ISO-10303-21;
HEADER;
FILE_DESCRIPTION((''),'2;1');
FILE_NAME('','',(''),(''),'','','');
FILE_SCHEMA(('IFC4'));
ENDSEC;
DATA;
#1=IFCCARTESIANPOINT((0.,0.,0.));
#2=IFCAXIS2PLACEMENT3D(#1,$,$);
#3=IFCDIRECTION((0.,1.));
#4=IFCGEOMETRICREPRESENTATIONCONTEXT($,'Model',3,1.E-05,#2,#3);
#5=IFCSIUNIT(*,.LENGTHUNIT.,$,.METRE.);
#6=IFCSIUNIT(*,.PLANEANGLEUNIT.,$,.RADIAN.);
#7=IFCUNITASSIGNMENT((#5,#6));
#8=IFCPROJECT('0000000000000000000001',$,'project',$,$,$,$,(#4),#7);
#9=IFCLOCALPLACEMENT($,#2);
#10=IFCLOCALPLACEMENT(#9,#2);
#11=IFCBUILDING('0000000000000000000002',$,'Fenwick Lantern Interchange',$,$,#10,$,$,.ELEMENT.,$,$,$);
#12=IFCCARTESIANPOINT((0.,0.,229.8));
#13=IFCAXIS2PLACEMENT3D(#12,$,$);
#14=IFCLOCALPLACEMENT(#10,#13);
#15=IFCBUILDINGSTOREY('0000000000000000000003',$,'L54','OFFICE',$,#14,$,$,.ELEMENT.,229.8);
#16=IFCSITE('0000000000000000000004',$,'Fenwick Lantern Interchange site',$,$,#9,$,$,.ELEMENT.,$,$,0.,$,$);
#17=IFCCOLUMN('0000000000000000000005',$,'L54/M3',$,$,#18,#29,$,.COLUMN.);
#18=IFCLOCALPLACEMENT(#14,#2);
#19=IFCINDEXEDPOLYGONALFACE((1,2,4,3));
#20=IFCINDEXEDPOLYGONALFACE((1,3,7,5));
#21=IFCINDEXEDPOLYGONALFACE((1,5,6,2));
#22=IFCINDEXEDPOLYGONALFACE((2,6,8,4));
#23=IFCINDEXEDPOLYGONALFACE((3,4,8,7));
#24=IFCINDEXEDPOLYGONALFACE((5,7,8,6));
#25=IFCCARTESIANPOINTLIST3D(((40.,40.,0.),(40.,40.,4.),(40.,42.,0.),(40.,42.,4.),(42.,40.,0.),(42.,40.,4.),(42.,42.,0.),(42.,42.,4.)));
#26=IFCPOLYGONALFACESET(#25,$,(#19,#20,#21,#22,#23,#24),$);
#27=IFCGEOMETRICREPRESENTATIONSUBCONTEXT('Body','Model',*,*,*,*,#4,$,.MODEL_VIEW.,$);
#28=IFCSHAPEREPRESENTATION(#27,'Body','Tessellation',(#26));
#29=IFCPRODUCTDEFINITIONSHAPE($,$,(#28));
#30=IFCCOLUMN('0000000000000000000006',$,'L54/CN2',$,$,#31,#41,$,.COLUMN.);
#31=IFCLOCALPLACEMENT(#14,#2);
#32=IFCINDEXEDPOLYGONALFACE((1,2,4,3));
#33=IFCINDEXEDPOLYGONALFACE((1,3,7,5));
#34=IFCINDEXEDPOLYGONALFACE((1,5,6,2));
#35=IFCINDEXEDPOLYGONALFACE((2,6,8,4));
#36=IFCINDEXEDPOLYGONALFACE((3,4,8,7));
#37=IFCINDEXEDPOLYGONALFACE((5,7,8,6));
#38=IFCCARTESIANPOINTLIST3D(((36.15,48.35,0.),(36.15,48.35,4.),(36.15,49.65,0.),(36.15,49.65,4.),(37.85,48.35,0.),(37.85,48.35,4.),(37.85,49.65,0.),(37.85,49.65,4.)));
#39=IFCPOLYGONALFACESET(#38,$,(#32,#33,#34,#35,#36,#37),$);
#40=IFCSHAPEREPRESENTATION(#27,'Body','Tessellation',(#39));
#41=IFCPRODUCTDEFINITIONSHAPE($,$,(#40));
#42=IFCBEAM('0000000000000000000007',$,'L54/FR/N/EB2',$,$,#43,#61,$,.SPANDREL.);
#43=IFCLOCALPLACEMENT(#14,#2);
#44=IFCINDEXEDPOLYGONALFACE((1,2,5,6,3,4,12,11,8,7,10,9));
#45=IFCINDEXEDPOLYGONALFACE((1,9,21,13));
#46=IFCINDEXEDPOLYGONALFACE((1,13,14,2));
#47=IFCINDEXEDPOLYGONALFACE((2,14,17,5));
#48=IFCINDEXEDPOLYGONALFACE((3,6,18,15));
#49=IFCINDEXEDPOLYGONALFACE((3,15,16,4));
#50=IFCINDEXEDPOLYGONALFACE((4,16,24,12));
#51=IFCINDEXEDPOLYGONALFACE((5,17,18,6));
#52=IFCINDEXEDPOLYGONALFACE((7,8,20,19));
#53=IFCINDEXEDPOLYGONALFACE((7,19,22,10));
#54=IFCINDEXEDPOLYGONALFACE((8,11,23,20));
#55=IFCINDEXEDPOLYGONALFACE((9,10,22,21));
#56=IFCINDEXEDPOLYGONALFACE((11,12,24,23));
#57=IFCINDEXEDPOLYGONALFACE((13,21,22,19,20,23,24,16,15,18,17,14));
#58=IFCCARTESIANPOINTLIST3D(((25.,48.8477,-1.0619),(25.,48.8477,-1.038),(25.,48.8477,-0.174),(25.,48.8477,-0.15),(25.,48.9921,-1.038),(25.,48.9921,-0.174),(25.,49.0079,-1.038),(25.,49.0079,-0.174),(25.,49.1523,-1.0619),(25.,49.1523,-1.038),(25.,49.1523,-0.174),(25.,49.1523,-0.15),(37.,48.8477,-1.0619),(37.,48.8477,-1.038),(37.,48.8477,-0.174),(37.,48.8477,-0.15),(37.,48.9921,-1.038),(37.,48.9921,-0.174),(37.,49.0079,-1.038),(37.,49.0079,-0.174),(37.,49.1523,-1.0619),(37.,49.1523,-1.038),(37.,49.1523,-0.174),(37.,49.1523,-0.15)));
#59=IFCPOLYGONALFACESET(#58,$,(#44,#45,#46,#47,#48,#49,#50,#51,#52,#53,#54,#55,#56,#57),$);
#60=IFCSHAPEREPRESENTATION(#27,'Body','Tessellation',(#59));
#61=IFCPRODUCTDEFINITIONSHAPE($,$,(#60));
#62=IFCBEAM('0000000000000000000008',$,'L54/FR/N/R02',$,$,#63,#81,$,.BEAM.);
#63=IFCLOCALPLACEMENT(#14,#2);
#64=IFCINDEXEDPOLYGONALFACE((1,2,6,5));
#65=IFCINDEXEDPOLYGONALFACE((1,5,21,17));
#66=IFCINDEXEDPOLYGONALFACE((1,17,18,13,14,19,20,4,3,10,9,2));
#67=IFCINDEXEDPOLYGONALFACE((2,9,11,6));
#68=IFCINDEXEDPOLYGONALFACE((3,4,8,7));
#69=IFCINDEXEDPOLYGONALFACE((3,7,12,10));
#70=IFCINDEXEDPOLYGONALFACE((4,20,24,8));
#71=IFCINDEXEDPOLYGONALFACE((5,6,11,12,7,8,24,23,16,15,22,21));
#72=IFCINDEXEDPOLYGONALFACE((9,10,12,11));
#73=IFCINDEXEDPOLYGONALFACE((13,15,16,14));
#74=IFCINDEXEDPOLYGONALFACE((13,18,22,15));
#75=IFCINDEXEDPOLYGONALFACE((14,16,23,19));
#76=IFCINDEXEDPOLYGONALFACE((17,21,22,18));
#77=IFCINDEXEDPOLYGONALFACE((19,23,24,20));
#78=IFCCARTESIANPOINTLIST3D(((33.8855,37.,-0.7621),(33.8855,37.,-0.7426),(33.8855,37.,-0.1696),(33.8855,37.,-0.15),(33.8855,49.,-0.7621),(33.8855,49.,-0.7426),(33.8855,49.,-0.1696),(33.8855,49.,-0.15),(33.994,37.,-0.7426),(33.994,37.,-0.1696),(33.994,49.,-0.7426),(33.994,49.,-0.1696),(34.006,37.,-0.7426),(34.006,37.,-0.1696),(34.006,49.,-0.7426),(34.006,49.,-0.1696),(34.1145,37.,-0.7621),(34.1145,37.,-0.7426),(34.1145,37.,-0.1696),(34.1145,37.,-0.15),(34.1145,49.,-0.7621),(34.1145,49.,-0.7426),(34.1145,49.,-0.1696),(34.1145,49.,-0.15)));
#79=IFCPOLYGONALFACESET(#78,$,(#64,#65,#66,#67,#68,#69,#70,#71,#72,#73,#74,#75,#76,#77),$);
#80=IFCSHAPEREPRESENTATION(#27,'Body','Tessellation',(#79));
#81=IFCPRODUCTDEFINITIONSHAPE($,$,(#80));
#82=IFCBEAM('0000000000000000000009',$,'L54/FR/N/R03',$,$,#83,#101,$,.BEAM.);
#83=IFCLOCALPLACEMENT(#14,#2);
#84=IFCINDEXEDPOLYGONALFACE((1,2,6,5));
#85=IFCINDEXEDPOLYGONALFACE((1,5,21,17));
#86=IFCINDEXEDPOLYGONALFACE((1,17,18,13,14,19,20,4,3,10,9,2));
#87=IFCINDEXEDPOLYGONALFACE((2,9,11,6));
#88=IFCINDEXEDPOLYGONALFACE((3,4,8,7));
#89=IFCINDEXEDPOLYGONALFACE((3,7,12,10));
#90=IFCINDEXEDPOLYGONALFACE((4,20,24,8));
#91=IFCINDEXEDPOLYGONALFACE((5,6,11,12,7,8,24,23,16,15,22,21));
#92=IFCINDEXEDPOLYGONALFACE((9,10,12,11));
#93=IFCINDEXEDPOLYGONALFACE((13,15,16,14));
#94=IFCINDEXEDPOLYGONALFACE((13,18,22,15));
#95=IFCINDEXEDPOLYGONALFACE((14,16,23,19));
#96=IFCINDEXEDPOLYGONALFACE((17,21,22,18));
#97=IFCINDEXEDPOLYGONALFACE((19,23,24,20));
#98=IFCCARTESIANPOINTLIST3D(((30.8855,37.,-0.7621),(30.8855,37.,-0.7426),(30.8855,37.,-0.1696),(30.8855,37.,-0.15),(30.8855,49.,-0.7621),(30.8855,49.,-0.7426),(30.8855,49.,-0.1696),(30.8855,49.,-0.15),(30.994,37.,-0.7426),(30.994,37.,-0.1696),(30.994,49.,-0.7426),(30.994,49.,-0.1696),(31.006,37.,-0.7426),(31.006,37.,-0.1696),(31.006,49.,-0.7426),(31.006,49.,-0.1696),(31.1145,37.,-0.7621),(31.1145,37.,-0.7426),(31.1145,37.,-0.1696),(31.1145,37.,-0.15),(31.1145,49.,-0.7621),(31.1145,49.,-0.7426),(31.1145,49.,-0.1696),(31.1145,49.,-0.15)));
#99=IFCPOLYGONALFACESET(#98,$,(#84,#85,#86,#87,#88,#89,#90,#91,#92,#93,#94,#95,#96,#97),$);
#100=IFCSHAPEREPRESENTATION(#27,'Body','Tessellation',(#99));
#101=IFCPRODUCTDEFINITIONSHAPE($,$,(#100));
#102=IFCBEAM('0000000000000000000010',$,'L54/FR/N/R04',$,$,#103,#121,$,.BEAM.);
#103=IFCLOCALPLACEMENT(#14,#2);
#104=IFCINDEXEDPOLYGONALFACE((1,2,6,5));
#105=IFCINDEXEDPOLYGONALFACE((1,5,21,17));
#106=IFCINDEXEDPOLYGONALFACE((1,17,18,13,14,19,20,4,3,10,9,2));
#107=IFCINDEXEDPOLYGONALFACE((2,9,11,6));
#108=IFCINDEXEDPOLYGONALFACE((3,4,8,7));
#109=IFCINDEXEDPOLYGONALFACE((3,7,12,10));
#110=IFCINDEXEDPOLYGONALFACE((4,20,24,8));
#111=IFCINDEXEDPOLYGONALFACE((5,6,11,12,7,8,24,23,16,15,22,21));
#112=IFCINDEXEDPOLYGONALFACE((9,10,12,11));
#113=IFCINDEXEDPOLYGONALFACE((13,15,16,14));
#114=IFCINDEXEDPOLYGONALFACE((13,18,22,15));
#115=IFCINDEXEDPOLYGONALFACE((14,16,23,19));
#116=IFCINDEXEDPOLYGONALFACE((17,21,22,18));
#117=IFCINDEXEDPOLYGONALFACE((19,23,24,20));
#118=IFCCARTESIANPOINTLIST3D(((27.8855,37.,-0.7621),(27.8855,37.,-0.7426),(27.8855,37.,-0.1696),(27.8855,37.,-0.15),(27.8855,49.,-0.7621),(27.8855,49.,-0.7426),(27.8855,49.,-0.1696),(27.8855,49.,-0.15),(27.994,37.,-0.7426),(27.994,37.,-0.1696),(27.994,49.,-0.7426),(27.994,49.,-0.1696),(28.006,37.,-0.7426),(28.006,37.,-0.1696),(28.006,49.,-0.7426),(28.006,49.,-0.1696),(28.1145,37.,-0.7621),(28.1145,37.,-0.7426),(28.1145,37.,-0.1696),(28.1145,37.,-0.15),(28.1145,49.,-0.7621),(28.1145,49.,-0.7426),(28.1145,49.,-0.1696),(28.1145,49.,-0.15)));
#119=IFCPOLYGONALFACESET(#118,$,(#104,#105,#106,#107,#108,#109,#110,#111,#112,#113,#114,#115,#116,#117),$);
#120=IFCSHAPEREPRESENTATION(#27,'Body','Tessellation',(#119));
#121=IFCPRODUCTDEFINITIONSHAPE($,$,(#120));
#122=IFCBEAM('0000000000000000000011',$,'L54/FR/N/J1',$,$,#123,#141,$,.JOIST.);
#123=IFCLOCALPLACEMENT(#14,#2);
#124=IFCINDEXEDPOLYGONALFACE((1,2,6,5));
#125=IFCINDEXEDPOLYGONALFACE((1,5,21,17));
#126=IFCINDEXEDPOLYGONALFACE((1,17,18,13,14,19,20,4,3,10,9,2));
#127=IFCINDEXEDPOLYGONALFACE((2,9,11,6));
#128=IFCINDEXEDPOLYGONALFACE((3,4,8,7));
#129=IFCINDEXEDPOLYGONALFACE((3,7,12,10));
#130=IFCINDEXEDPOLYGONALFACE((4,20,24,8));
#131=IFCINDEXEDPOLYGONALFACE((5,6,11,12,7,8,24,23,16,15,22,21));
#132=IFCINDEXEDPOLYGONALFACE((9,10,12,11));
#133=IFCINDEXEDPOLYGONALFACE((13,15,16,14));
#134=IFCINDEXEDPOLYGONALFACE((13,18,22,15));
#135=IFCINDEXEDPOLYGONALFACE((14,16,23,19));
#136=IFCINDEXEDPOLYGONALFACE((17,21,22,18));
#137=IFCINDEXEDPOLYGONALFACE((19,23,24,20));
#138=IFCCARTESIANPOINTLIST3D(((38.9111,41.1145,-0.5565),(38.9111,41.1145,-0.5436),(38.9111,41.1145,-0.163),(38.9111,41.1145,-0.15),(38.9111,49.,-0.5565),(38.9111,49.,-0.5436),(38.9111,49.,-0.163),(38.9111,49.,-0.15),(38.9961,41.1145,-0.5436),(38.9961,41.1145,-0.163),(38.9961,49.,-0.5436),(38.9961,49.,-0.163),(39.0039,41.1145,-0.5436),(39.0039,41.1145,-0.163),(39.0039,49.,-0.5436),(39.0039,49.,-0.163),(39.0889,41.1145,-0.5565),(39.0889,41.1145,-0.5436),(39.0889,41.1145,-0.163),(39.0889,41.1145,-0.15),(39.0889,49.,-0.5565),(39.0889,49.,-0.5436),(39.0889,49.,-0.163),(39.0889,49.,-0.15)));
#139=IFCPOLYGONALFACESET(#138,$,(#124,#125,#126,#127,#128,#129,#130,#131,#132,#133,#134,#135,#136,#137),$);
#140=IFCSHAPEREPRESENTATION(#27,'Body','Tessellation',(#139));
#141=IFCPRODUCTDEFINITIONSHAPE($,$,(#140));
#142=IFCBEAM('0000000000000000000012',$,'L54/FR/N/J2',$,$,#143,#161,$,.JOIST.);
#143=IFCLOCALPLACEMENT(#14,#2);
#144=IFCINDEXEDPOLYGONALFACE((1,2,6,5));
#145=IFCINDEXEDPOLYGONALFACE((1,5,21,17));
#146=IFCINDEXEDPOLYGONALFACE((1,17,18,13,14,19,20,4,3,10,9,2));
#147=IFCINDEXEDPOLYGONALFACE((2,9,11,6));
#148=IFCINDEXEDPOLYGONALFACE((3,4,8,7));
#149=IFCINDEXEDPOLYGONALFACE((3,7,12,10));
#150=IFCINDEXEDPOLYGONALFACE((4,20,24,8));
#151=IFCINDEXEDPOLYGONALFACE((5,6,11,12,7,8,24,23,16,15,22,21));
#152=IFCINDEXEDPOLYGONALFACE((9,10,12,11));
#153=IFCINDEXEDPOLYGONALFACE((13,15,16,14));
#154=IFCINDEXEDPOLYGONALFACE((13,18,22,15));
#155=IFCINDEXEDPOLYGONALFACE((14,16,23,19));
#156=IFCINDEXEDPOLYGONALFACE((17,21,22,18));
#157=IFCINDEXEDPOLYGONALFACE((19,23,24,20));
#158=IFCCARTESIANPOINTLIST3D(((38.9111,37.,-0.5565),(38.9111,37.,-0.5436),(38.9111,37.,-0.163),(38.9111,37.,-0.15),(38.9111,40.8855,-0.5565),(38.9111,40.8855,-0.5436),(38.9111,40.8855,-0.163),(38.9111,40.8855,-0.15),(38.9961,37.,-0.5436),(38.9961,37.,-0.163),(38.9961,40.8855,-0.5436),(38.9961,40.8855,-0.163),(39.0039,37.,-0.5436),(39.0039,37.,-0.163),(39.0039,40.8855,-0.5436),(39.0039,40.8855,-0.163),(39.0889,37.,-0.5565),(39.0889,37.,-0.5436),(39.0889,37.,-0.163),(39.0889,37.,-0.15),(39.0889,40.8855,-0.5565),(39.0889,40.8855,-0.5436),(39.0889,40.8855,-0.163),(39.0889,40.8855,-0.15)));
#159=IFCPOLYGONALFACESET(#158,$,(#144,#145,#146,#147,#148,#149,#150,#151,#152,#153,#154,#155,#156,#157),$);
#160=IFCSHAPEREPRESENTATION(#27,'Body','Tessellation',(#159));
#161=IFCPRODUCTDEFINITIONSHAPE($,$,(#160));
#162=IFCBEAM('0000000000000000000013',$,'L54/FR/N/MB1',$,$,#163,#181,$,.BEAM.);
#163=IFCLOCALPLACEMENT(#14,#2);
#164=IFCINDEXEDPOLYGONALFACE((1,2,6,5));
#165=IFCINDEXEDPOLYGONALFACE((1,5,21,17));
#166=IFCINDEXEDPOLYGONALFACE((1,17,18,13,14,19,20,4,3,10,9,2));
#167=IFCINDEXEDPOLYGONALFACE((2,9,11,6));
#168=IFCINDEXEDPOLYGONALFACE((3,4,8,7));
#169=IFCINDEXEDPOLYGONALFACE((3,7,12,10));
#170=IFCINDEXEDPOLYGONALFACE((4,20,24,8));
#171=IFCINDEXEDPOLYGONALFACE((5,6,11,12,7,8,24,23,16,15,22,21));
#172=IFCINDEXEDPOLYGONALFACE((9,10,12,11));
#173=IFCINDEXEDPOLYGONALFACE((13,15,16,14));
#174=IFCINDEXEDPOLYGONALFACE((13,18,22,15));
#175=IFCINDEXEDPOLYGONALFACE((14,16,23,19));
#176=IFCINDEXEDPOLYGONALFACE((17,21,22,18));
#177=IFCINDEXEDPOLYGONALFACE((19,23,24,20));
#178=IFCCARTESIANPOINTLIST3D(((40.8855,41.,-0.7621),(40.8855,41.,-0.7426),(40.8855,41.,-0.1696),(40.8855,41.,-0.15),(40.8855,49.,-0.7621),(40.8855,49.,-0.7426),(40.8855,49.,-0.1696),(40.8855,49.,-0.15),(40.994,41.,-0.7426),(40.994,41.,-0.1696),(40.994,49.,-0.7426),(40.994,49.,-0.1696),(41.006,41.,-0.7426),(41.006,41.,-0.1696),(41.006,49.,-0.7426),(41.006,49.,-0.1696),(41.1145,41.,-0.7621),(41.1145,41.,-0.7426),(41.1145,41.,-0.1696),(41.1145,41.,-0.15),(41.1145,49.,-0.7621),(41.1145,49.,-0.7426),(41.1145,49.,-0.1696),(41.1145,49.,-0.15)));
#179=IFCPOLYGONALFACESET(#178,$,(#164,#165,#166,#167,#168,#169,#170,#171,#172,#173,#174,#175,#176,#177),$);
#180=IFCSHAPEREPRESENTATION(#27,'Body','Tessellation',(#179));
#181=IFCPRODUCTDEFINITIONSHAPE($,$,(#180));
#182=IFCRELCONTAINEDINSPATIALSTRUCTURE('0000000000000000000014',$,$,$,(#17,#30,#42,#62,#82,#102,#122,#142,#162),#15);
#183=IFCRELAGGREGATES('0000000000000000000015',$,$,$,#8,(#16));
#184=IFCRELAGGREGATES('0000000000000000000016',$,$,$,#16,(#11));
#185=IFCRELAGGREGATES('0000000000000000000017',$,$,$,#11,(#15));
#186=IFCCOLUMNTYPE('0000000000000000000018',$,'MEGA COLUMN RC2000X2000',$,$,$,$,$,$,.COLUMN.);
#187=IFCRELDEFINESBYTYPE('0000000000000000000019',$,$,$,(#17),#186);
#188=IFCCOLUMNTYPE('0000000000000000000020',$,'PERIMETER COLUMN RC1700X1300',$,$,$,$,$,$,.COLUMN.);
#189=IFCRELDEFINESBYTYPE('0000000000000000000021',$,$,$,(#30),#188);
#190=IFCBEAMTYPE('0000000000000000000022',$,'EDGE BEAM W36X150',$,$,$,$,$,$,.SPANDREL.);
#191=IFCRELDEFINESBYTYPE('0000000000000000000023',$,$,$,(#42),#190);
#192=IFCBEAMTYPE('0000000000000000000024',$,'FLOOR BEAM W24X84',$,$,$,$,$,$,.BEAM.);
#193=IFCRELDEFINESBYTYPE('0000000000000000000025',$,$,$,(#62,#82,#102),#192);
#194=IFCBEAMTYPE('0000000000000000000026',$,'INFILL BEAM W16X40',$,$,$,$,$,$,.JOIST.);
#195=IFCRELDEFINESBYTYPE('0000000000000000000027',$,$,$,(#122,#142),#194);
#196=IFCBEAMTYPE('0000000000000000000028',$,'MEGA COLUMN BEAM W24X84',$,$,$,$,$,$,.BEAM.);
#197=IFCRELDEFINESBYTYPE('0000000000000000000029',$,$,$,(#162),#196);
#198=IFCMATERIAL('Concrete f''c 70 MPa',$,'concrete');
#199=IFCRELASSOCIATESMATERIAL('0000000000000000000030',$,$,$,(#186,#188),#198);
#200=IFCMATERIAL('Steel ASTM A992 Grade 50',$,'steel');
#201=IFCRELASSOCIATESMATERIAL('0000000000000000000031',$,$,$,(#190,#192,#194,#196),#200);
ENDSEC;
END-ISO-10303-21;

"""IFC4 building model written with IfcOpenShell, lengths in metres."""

from ifc_helpers import new_model, si_unit, direction, frame, origin, origin_2d, place, context, subcontext, project, spatial, rectangle, i_section, extrude, material, material_profile, profile_set, type_object, element, save


model = new_model("IFC4")

# Units and contexts
model_context = context("Model", 3, precision=1e-05, world=origin(), true_north=direction((0.0, 1.0)))
body_context = subcontext(model_context, "Body", "Model", "MODEL_VIEW")
ifc_project = project(units=[si_unit("LENGTHUNIT", "METRE"), si_unit("PLANEANGLEUNIT", "RADIAN")], contexts=[model_context])

# Site, building, storey
site_placement = place(None, origin())
site = spatial("IfcSite", under=ifc_project, at=site_placement, Name="Fenwick Lantern Interchange site", CompositionType="ELEMENT", RefElevation=0.0)
building_placement = place(site_placement, origin())
building = spatial("IfcBuilding", under=site, at=building_placement, Name="Fenwick Lantern Interchange", CompositionType="ELEMENT")
storey_placement = place(building_placement, frame((0.0, 0.0, 229.8)))
storey = spatial("IfcBuildingStorey", under=building, at=storey_placement, Name="L54", Description="OFFICE", CompositionType="ELEMENT", Elevation=229.8)

# Columns
ifc_material_1 = material(Name="Concrete f'c 70 MPa", Category="concrete")
ifc_material_profile_1 = material_profile(ifc_material_1, rectangle(XDim=2.0, YDim=2.0, at=origin_2d()), Name="RC2000X2000")
ifc_profile_set_1 = profile_set([ifc_material_profile_1], Name="Concrete f'c 70 MPa")
column_type_1 = type_object("IfcColumnType", Name="MEGA COLUMN RC2000X2000", PredefinedType="COLUMN", material=ifc_profile_set_1)
column_1_placement = place(storey_placement, frame((41.0, 41.0, 0.0), z_axis=(0.0, 0.0, 1.0), x_axis=(1.0, 0.0, 0.0)))
element("IfcColumn", 1, at=column_1_placement, inside=storey, type_object=column_type_1, Name="L54/M3", PredefinedType="COLUMN", context=body_context, shape_type="SweptSolid", body=[
    extrude(rectangle(XDim=2.0, YDim=2.0, at=origin_2d()), origin(), (0.0, 0.0, 1.0), 4.0),
])
ifc_material_profile_2 = material_profile(ifc_material_1, rectangle(XDim=1.7, YDim=1.3, at=origin_2d()), Name="RC1700X1300")
ifc_profile_set_2 = profile_set([ifc_material_profile_2], Name="Concrete f'c 70 MPa")
column_type_2 = type_object("IfcColumnType", Name="PERIMETER COLUMN RC1700X1300", PredefinedType="COLUMN", material=ifc_profile_set_2)
column_2_placement = place(storey_placement, frame((37.0, 49.0, 0.0), z_axis=(0.0, 0.0, 1.0), x_axis=(1.0, 0.0, 0.0)))
element("IfcColumn", 2, at=column_2_placement, inside=storey, type_object=column_type_2, Name="L54/CN2", PredefinedType="COLUMN", context=body_context, shape_type="SweptSolid", body=[
    extrude(rectangle(XDim=1.7, YDim=1.3, at=origin_2d()), origin(), (0.0, 0.0, 1.0), 4.0),
])

# Beams
ifc_material_2 = material(Name="Steel ASTM A992 Grade 50", Category="steel")
ifc_material_profile_3 = material_profile(ifc_material_2, i_section(OverallWidth=0.3047, OverallDepth=0.9119, WebThickness=0.0159, FlangeThickness=0.0239, at=origin_2d()), Name="W36X150")
ifc_profile_set_3 = profile_set([ifc_material_profile_3], Name="Steel ASTM A992 Grade 50")
beam_type_1 = type_object("IfcBeamType", Name="EDGE BEAM W36X150", PredefinedType="SPANDREL", material=ifc_profile_set_3)
beam_1_placement = place(storey_placement, frame((37.0, 49.0, -0.606), z_axis=(-1.0, 0.0, 0.0), x_axis=(0.0, -1.0, 0.0)))
element("IfcBeam", 3, at=beam_1_placement, inside=storey, type_object=beam_type_1, Name="L54/FR/N/EB2", PredefinedType="SPANDREL", context=body_context, shape_type="SweptSolid", body=[
    extrude(i_section(OverallWidth=0.3047, OverallDepth=0.9119, WebThickness=0.0159, FlangeThickness=0.0239, at=origin_2d()), origin(), (0.0, 0.0, 1.0), 12.0),
])
ifc_material_profile_4 = material_profile(ifc_material_2, i_section(OverallWidth=0.229, OverallDepth=0.6121, WebThickness=0.012, FlangeThickness=0.0195, at=origin_2d()), Name="W24X84")
ifc_profile_set_4 = profile_set([ifc_material_profile_4], Name="Steel ASTM A992 Grade 50")
beam_type_2 = type_object("IfcBeamType", Name="FLOOR BEAM W24X84", PredefinedType="BEAM", material=ifc_profile_set_4)
for number, where, z_axis, x_axis, name in (
    (4, (34.0, 49.0, -0.4561), (0.0, -1.0, 0.0), (1.0, 0.0, 0.0), "L54/FR/N/R02"),
    (5, (31.0, 49.0, -0.4561), (0.0, -1.0, 0.0), (1.0, 0.0, 0.0), "L54/FR/N/R03"),
    (6, (28.0, 49.0, -0.4561), (0.0, -1.0, 0.0), (1.0, 0.0, 0.0), "L54/FR/N/R04"),
):
    element("IfcBeam", number, at=place(storey_placement, frame(where, z_axis=z_axis, x_axis=x_axis)), inside=storey, type_object=beam_type_2, Name=name, PredefinedType="BEAM", context=body_context, shape_type="SweptSolid", body=[
        extrude(i_section(OverallWidth=0.229, OverallDepth=0.6121, WebThickness=0.012, FlangeThickness=0.0195, at=origin_2d()), origin(), (0.0, 0.0, 1.0), 12.0),
    ])
ifc_material_profile_5 = material_profile(ifc_material_2, i_section(OverallWidth=0.1777, OverallDepth=0.4065, WebThickness=0.0078, FlangeThickness=0.0129, at=origin_2d()), Name="W16X40")
ifc_profile_set_5 = profile_set([ifc_material_profile_5], Name="Steel ASTM A992 Grade 50")
beam_type_3 = type_object("IfcBeamType", Name="INFILL BEAM W16X40", PredefinedType="JOIST", material=ifc_profile_set_5)
beam_2_placement = place(storey_placement, frame((39.0, 49.0, -0.3533), z_axis=(0.0, -1.0, 0.0), x_axis=(1.0, 0.0, 0.0)))
element("IfcBeam", 7, at=beam_2_placement, inside=storey, type_object=beam_type_3, Name="L54/FR/N/J1", PredefinedType="JOIST", context=body_context, shape_type="SweptSolid", body=[
    extrude(i_section(OverallWidth=0.1777, OverallDepth=0.4065, WebThickness=0.0078, FlangeThickness=0.0129, at=origin_2d()), origin(), (0.0, 0.0, 1.0), 7.8855),
])
beam_3_placement = place(storey_placement, frame((39.0, 40.8855, -0.3533), z_axis=(0.0, -1.0, 0.0), x_axis=(1.0, 0.0, 0.0)))
element("IfcBeam", 8, at=beam_3_placement, inside=storey, type_object=beam_type_3, Name="L54/FR/N/J2", PredefinedType="JOIST", context=body_context, shape_type="SweptSolid", body=[
    extrude(i_section(OverallWidth=0.1777, OverallDepth=0.4065, WebThickness=0.0078, FlangeThickness=0.0129, at=origin_2d()), origin(), (0.0, 0.0, 1.0), 3.8855),
])
ifc_material_profile_6 = material_profile(ifc_material_2, i_section(OverallWidth=0.229, OverallDepth=0.6121, WebThickness=0.012, FlangeThickness=0.0195, at=origin_2d()), Name="W24X84")
ifc_profile_set_6 = profile_set([ifc_material_profile_6], Name="Steel ASTM A992 Grade 50")
beam_type_4 = type_object("IfcBeamType", Name="MEGA COLUMN BEAM W24X84", PredefinedType="BEAM", material=ifc_profile_set_6)
beam_4_placement = place(storey_placement, frame((41.0, 41.0, -0.4561), z_axis=(0.0, 1.0, 0.0), x_axis=(-1.0, 0.0, 0.0)))
element("IfcBeam", 9, at=beam_4_placement, inside=storey, type_object=beam_type_4, Name="L54/FR/N/MB1", PredefinedType="BEAM", context=body_context, shape_type="SweptSolid", body=[
    extrude(i_section(OverallWidth=0.229, OverallDepth=0.6121, WebThickness=0.012, FlangeThickness=0.0195, at=origin_2d()), origin(), (0.0, 0.0, 1.0), 8.0),
])

save(model, "model.ifc")
